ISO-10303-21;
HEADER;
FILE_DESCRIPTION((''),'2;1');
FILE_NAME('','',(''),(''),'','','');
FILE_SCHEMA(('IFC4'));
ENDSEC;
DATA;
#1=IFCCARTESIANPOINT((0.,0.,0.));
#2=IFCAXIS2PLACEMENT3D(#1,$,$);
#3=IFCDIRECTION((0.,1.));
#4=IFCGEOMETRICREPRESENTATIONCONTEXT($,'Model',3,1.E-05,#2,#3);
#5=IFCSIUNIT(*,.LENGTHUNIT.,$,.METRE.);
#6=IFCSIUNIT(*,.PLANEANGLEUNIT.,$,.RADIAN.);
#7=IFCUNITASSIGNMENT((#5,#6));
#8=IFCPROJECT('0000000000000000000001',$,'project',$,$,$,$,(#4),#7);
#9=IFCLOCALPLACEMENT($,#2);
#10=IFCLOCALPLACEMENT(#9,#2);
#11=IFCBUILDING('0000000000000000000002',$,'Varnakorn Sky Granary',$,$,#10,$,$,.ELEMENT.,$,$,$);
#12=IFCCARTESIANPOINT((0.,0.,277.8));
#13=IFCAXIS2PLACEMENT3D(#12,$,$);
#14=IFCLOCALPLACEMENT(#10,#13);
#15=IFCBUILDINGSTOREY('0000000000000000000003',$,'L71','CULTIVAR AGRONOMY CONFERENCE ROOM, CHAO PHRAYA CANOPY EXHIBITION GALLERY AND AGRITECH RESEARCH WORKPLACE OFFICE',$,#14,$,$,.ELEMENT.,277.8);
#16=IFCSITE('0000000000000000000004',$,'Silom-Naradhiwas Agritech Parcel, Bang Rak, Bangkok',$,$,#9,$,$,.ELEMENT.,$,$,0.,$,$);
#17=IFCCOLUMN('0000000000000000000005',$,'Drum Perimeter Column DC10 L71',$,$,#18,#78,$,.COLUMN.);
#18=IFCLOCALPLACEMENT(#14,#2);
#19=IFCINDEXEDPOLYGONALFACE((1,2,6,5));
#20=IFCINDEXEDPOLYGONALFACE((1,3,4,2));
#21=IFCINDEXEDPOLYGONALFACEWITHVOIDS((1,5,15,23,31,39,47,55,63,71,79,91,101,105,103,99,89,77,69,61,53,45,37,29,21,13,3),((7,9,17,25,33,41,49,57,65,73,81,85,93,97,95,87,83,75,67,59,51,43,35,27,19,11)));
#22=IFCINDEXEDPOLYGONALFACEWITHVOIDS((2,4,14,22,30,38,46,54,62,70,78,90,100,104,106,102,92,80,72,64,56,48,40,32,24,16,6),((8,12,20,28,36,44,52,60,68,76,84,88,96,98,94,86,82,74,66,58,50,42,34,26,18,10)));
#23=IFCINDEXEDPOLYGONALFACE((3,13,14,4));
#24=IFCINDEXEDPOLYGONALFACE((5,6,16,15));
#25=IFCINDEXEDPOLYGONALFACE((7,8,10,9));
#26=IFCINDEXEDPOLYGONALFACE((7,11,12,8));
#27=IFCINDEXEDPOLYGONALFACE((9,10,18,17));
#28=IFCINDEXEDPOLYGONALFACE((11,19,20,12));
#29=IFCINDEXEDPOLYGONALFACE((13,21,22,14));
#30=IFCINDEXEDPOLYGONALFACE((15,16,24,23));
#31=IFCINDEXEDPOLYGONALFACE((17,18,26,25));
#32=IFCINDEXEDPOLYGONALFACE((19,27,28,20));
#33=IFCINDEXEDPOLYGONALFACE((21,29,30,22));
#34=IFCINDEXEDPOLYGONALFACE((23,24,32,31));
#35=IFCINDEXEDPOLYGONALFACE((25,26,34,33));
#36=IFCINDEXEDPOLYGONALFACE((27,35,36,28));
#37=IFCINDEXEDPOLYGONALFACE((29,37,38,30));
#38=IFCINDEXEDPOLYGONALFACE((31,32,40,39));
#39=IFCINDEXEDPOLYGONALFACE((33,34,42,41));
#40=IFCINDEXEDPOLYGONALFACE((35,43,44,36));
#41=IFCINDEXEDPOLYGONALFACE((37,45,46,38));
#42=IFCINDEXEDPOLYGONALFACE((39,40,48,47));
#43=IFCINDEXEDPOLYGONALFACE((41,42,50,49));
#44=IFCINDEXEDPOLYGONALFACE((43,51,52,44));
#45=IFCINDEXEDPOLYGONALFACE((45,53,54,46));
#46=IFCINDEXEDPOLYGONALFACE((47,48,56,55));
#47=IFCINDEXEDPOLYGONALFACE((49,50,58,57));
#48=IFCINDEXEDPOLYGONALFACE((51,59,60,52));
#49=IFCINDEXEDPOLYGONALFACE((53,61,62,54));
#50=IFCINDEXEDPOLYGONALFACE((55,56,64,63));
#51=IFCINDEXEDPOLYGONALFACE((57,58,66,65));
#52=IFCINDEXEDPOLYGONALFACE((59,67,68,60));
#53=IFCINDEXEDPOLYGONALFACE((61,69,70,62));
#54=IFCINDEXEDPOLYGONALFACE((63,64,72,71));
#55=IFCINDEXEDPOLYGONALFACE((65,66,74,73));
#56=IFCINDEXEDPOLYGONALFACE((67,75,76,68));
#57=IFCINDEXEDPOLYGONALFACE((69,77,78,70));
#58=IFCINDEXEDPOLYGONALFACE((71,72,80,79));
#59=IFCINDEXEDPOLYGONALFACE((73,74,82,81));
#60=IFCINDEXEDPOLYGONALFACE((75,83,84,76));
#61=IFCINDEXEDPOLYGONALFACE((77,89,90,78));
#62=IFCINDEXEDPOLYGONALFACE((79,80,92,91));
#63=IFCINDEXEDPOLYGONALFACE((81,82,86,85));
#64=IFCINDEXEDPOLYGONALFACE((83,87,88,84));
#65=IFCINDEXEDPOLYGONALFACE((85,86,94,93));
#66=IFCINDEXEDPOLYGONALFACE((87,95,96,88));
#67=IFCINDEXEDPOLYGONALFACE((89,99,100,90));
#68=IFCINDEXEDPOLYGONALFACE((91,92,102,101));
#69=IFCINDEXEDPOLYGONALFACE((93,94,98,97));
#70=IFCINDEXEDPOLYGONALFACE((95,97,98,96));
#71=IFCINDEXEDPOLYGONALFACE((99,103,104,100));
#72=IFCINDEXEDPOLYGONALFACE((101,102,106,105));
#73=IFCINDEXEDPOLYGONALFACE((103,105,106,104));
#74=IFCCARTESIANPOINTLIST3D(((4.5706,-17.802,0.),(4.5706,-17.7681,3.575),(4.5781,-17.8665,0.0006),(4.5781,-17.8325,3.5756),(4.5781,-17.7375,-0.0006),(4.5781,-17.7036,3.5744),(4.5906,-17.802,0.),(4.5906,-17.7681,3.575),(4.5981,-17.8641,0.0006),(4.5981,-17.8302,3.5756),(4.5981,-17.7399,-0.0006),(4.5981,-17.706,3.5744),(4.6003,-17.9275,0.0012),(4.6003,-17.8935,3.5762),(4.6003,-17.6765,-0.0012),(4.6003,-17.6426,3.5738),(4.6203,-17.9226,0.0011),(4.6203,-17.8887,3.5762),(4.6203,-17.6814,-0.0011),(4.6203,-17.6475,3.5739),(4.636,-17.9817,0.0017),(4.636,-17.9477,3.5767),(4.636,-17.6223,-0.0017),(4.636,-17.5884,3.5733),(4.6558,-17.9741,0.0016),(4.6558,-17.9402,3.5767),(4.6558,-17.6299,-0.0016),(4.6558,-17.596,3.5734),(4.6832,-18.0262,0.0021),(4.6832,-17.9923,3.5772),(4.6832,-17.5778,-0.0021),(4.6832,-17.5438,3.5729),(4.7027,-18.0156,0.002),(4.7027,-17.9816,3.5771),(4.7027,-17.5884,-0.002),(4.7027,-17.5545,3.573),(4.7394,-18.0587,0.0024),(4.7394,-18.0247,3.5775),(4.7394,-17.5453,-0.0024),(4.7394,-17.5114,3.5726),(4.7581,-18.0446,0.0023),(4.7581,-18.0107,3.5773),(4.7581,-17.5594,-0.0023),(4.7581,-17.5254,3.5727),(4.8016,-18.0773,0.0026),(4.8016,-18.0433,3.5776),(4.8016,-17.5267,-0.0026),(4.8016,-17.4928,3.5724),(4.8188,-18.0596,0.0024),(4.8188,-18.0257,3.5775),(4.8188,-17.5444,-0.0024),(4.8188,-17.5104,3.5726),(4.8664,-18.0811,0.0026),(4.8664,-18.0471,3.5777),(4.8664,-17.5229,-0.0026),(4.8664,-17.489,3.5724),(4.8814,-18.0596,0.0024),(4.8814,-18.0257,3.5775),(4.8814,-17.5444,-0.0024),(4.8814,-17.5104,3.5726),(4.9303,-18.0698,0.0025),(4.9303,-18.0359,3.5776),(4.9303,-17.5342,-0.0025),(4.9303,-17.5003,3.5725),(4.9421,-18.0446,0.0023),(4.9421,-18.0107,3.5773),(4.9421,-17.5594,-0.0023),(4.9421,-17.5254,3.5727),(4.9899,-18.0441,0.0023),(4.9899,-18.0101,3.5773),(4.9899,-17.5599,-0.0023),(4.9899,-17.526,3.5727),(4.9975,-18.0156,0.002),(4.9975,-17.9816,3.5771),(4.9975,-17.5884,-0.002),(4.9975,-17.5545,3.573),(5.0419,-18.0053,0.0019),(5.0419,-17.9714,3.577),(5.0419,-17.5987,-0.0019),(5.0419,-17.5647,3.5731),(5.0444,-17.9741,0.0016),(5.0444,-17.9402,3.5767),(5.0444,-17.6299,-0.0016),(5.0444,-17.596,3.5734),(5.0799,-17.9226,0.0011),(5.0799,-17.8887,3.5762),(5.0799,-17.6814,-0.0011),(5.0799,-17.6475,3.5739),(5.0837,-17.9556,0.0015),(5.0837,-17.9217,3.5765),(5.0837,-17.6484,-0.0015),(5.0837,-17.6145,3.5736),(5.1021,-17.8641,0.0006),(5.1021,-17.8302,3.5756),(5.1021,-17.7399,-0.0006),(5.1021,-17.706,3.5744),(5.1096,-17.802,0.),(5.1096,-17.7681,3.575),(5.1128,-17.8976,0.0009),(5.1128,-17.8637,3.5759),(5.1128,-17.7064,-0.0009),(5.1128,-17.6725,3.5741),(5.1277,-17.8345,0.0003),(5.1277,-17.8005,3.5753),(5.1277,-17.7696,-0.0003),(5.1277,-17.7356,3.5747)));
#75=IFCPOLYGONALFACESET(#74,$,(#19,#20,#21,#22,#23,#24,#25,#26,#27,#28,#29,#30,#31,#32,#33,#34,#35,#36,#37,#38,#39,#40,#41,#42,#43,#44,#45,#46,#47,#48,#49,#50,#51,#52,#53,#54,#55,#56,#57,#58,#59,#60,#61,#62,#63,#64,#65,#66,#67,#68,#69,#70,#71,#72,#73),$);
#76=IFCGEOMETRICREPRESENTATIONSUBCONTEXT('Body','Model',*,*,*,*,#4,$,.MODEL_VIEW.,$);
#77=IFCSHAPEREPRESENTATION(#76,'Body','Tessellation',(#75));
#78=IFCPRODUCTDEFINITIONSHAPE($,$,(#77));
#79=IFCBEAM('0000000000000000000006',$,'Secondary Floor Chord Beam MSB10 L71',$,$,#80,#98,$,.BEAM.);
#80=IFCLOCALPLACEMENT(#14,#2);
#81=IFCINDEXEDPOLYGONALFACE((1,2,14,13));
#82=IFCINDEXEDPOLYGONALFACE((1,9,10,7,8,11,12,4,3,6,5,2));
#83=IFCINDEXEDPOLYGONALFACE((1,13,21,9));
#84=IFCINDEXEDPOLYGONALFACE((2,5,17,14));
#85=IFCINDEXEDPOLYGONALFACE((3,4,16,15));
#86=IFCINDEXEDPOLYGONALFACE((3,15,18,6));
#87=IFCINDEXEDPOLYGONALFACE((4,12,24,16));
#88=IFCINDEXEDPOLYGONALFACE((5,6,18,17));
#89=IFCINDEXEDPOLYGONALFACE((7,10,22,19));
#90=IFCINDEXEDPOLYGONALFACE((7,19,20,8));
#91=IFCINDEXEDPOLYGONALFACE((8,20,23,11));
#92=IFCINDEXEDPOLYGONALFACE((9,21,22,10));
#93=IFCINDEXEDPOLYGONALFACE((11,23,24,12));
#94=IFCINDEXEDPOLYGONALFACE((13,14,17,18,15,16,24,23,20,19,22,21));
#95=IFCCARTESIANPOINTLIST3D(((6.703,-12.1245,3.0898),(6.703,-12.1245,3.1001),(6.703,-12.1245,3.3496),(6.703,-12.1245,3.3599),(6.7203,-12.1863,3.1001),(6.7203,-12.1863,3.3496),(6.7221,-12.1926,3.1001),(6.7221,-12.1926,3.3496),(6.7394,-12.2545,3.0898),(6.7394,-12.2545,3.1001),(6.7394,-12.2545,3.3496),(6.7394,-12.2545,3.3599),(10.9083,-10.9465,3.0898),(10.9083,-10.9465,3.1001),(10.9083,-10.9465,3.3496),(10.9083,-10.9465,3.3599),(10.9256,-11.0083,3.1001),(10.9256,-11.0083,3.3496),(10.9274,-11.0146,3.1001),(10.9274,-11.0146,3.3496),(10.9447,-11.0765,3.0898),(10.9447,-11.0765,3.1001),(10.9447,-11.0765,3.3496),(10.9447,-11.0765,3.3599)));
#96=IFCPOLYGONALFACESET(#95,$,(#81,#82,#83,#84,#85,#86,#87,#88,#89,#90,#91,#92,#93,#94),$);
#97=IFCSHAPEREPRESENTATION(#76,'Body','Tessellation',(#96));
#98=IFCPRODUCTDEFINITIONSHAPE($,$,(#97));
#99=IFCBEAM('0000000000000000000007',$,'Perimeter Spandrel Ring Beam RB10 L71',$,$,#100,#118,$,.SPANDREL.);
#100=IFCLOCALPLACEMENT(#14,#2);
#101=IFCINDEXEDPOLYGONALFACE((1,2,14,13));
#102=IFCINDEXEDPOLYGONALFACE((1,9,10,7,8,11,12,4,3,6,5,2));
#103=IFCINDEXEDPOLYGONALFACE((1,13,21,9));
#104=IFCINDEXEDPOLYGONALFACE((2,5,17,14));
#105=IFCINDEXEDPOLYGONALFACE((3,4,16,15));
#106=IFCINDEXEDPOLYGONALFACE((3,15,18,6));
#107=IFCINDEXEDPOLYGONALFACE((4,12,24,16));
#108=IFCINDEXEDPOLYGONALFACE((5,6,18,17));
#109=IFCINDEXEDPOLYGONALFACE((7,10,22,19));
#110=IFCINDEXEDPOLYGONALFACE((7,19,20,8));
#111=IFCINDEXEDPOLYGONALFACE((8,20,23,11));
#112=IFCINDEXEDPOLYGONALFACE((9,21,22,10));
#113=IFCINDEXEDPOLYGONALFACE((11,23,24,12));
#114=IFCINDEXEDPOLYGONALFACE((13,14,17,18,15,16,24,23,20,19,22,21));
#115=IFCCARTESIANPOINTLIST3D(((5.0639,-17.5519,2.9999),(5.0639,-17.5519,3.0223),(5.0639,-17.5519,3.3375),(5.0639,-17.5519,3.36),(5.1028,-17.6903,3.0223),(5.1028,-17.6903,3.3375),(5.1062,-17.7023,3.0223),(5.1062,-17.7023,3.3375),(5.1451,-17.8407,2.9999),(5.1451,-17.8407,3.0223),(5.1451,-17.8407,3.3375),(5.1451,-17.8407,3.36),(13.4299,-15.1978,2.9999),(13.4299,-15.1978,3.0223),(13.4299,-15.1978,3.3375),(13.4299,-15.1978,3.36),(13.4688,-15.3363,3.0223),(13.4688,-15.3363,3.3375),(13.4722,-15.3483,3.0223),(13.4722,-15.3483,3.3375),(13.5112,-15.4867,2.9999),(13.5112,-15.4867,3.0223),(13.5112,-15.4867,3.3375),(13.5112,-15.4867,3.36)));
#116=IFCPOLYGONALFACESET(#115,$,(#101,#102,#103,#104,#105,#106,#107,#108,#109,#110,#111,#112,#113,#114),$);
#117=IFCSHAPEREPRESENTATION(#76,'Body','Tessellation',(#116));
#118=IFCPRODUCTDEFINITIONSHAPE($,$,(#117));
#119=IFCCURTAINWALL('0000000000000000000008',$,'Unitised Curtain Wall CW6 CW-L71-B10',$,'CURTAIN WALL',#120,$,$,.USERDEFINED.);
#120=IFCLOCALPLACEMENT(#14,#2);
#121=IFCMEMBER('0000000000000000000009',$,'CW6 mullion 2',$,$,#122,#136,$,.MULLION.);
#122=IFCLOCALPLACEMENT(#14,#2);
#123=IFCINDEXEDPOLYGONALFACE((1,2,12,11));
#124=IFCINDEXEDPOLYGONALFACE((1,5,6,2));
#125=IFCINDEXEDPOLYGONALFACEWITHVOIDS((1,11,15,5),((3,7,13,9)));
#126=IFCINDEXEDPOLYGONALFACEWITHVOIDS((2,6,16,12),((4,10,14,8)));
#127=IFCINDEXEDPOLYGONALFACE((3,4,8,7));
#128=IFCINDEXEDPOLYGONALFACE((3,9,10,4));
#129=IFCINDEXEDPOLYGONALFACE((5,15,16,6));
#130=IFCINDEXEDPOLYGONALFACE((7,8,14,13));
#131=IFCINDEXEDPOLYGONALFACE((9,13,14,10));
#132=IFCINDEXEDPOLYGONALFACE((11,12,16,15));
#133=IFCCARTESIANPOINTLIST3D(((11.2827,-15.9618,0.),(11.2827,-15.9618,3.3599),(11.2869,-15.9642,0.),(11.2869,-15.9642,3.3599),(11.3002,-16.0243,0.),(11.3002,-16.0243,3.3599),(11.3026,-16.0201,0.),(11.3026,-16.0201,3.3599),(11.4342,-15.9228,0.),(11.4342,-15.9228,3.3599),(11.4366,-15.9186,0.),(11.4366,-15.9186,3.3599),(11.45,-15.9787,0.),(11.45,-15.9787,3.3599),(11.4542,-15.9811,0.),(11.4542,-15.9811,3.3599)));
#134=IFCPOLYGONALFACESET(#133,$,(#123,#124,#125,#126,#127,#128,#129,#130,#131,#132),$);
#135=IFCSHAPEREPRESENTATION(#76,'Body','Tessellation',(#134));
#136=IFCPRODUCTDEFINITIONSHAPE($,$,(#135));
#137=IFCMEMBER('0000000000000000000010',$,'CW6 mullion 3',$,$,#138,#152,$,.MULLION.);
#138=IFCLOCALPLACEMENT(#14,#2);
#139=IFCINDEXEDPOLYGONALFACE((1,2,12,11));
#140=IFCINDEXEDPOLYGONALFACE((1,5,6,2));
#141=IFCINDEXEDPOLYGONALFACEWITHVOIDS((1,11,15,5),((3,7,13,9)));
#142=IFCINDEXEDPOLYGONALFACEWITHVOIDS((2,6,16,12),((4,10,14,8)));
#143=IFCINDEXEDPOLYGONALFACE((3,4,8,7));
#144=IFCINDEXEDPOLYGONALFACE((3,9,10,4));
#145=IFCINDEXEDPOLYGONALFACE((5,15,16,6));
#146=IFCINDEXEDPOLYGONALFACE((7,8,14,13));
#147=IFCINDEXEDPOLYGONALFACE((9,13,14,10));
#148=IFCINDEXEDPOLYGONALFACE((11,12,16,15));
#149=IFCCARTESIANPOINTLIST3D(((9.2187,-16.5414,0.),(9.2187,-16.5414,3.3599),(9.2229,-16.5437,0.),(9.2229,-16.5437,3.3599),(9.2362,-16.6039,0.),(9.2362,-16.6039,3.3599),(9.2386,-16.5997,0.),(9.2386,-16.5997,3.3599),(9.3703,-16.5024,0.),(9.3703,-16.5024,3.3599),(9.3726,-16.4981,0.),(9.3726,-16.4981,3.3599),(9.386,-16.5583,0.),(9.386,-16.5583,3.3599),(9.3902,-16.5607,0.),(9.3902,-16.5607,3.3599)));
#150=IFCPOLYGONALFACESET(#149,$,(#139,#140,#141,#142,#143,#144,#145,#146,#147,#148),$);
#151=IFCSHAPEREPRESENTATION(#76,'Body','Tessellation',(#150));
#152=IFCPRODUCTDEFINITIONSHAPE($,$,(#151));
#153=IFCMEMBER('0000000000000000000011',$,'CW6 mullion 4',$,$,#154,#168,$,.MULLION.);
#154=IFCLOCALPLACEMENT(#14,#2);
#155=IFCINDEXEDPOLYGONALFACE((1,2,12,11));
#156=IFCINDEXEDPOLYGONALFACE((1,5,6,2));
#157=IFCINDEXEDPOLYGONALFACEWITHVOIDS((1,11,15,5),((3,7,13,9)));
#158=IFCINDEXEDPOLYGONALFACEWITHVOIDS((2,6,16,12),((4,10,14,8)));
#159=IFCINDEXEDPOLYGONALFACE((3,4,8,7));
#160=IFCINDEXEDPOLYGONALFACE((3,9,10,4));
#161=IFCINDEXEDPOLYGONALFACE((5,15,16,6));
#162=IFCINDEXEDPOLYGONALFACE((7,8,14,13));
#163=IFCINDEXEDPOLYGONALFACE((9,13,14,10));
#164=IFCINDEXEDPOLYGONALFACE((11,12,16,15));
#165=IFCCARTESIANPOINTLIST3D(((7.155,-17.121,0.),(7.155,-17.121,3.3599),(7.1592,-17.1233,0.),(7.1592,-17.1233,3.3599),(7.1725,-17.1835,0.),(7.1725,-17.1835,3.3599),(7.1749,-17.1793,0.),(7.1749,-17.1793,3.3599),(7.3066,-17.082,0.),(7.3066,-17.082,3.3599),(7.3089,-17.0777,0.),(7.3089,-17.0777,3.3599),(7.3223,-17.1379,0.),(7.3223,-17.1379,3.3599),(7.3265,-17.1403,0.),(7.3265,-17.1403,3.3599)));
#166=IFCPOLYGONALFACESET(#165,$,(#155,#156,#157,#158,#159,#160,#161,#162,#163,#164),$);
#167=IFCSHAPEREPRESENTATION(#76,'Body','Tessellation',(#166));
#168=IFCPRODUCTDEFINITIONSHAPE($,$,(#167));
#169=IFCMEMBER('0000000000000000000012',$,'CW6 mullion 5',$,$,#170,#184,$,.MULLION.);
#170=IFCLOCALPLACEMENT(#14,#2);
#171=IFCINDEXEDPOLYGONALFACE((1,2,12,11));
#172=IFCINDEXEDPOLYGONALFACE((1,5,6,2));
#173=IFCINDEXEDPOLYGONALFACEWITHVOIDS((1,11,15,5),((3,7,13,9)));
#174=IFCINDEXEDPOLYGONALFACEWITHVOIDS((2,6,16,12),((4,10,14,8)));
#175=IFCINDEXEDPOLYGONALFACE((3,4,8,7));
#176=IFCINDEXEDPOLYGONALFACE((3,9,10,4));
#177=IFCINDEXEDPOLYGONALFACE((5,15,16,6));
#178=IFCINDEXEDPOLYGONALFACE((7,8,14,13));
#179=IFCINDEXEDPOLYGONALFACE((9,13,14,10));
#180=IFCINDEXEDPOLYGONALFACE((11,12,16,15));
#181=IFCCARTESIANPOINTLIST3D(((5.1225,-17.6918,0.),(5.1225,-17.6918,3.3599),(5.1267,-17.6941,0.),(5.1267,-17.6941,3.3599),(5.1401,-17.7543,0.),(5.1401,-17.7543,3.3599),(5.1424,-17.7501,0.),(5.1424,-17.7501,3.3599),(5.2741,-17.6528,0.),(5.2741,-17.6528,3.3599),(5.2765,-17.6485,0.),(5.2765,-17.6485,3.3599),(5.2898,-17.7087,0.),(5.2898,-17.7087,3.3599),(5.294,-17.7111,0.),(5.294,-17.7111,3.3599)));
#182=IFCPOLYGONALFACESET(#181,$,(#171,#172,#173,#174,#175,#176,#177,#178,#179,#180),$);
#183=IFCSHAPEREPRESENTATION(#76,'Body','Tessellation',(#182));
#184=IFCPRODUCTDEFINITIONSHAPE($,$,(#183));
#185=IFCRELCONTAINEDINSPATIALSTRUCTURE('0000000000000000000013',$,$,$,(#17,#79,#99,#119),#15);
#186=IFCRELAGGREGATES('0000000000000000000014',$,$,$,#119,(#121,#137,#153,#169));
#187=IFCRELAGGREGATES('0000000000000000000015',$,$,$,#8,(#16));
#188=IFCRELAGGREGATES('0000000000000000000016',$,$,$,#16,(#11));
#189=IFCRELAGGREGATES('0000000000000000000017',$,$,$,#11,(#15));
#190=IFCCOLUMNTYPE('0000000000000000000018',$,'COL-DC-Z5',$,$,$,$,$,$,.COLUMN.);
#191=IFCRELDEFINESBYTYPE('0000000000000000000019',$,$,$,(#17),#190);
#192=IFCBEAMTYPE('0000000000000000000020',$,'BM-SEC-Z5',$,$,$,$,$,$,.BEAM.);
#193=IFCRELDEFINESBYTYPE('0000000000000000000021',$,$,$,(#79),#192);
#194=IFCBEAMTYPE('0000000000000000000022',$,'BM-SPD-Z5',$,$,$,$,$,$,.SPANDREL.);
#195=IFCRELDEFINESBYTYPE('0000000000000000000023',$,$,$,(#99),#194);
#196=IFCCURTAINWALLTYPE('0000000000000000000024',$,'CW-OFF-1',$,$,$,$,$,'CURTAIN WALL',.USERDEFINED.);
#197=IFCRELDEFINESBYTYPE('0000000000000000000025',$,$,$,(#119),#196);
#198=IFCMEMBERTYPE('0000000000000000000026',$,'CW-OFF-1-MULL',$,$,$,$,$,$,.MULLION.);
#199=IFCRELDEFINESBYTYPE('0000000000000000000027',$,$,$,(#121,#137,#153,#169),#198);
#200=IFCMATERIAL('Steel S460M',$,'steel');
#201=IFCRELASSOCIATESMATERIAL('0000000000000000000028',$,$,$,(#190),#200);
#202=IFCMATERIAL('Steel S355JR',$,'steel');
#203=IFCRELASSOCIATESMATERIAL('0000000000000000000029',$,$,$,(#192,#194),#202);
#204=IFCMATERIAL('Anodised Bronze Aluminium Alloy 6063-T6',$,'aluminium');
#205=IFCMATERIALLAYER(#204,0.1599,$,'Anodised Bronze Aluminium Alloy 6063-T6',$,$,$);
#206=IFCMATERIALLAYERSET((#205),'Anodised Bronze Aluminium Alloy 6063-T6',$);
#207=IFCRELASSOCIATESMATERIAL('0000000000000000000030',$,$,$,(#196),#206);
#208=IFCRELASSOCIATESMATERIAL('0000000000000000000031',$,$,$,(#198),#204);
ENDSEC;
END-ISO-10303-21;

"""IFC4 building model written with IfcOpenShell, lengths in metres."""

from ifc_helpers import new_model, si_unit, direction, frame, origin, origin_2d, place, context, subcontext, project, spatial, hollow_rectangle, hollow_circle, i_section, extrude, material, layer, layer_set, material_profile, profile_set, type_object, element, aggregate, save


model = new_model("IFC4")

# Units and contexts
model_context = context("Model", 3, precision=1e-05, world=origin(), true_north=direction((0.0, 1.0)))
body_context = subcontext(model_context, "Body", "Model", "MODEL_VIEW")
ifc_project = project(units=[si_unit("LENGTHUNIT", "METRE"), si_unit("PLANEANGLEUNIT", "RADIAN")], contexts=[model_context])

# Site, building, storey
site_placement = place(None, origin())
site = spatial("IfcSite", under=ifc_project, at=site_placement, Name="Silom-Naradhiwas Agritech Parcel, Bang Rak, Bangkok", CompositionType="ELEMENT", RefElevation=0.0)
building_placement = place(site_placement, origin())
building = spatial("IfcBuilding", under=site, at=building_placement, Name="Varnakorn Sky Granary", CompositionType="ELEMENT")
storey_placement = place(building_placement, frame((0.0, 0.0, 277.8)))
storey = spatial("IfcBuildingStorey", under=building, at=storey_placement, Name="L71", Description="CULTIVAR AGRONOMY CONFERENCE ROOM, CHAO PHRAYA CANOPY EXHIBITION GALLERY AND AGRITECH RESEARCH WORKPLACE OFFICE", CompositionType="ELEMENT", Elevation=277.8)

# Column
ifc_material_1 = material(Name="Steel S460M", Category="steel")
ifc_material_profile_1 = material_profile(ifc_material_1, hollow_circle(Radius=0.2795, WallThickness=0.02, at=origin_2d()), Name="CHS 559x20")
ifc_profile_set_1 = profile_set([ifc_material_profile_1], Name="Steel S460M")
column_type = type_object("IfcColumnType", Name="COL-DC-Z5", PredefinedType="COLUMN", material=ifc_profile_set_1)
column_placement = place(storey_placement, frame((4.8501, -17.802, 0.0), z_axis=(0.0, 0.009492, 0.999955), x_axis=(-1.0, 0.0, 0.0)))
element("IfcColumn", 1, at=column_placement, inside=storey, type_object=column_type, Name="Drum Perimeter Column DC10 L71", PredefinedType="COLUMN", context=body_context, shape_type="SweptSolid", body=[
    extrude(hollow_circle(Radius=0.2795, WallThickness=0.02, at=origin_2d()), origin(), (0.0, 0.0, 1.0), 3.5752),
])

# Beams
ifc_material_2 = material(Name="Steel S355JR", Category="steel")
ifc_material_profile_2 = material_profile(ifc_material_2, i_section(OverallWidth=0.135, OverallDepth=0.27, WebThickness=0.0066, FlangeThickness=0.0103, at=origin_2d()), Name="IPE 270")
ifc_profile_set_2 = profile_set([ifc_material_profile_2], Name="Steel S355JR")
beam_type_1 = type_object("IfcBeamType", Name="BM-SEC-Z5", PredefinedType="BEAM", material=ifc_profile_set_2)
beam_1_placement = place(storey_placement, frame((6.7212, -12.1895, 3.2249), z_axis=(0.962935, 0.269734, 0.0), x_axis=(-0.269734, 0.962935, 0.0)))
element("IfcBeam", 2, at=beam_1_placement, inside=storey, type_object=beam_type_1, Name="Secondary Floor Chord Beam MSB10 L71", PredefinedType="BEAM", context=body_context, shape_type="SweptSolid", body=[
    extrude(i_section(OverallWidth=0.135, OverallDepth=0.27, WebThickness=0.0066, FlangeThickness=0.0103, at=origin_2d()), origin(), (0.0, 0.0, 1.0), 4.3672),
])
ifc_material_profile_3 = material_profile(ifc_material_2, i_section(OverallWidth=0.3, OverallDepth=0.3601, WebThickness=0.0125, FlangeThickness=0.0225, at=origin_2d()), Name="HE 360 B")
ifc_profile_set_3 = profile_set([ifc_material_profile_3], Name="Steel S355JR")
beam_type_2 = type_object("IfcBeamType", Name="BM-SPD-Z5", PredefinedType="SPANDREL", material=ifc_profile_set_3)
beam_2_placement = place(storey_placement, frame((5.1045, -17.6963, 3.1799), z_axis=(0.962619, 0.27086, 0.0), x_axis=(-0.27086, 0.962619, 0.0)))
element("IfcBeam", 3, at=beam_2_placement, inside=storey, type_object=beam_type_2, Name="Perimeter Spandrel Ring Beam RB10 L71", PredefinedType="SPANDREL", context=body_context, shape_type="SweptSolid", body=[
    extrude(i_section(OverallWidth=0.3, OverallDepth=0.3601, WebThickness=0.0125, FlangeThickness=0.0225, at=origin_2d()), origin(), (0.0, 0.0, 1.0), 8.6909),
])

# Curtain wall, members
ifc_material_3 = material(Name="Anodised Bronze Aluminium Alloy 6063-T6", Category="aluminium")
ifc_layer_1 = layer(ifc_material_3, 0.1599, Name="Anodised Bronze Aluminium Alloy 6063-T6")
ifc_layer_set_1 = layer_set([ifc_layer_1], Name="Anodised Bronze Aluminium Alloy 6063-T6")
curtain_wall_type = type_object("IfcCurtainWallType", Name="CW-OFF-1", ElementType="CURTAIN WALL", PredefinedType="USERDEFINED", material=ifc_layer_set_1)
curtain_wall_placement = place(storey_placement, origin())
curtain_wall = element("IfcCurtainWall", 4, at=curtain_wall_placement, inside=storey, type_object=curtain_wall_type, Name="Unitised Curtain Wall CW6 CW-L71-B10", ObjectType="CURTAIN WALL", PredefinedType="USERDEFINED")
ifc_material_profile_4 = material_profile(ifc_material_3, hollow_rectangle(XDim=0.0649, YDim=0.1599, WallThickness=0.0034, at=origin_2d()), Name="ALU MULL 65x160")
ifc_profile_set_4 = profile_set([ifc_material_profile_4], Name="Anodised Bronze Aluminium Alloy 6063-T6")
member_type_1 = type_object("IfcMemberType", Name="CW-OFF-1-MULL", PredefinedType="MULLION", material=ifc_profile_set_4)
member_1_placement = place(storey_placement, frame((11.3684, -15.9714, 0.0), z_axis=(0.0, 0.0, 1.0), x_axis=(0.27037, -0.962756, 0.0)))
member_1 = element("IfcMember", 5, at=member_1_placement, type_object=member_type_1, Name="CW6 mullion 2", PredefinedType="MULLION", context=body_context, shape_type="SweptSolid", body=[
    extrude(hollow_rectangle(XDim=0.0649, YDim=0.1599, WallThickness=0.0034, at=origin_2d()), origin(), (0.0, 0.0, 1.0), 3.3599),
])
member_2_placement = place(storey_placement, frame((9.3044, -16.551, 0.0), z_axis=(0.0, 0.0, 1.0), x_axis=(0.27037, -0.962756, 0.0)))
member_2 = element("IfcMember", 6, at=member_2_placement, type_object=member_type_1, Name="CW6 mullion 3", PredefinedType="MULLION", context=body_context, shape_type="SweptSolid", body=[
    extrude(hollow_rectangle(XDim=0.0649, YDim=0.1599, WallThickness=0.0034, at=origin_2d()), origin(), (0.0, 0.0, 1.0), 3.3599),
])
member_3_placement = place(storey_placement, frame((7.2407, -17.1306, 0.0), z_axis=(0.0, 0.0, 1.0), x_axis=(0.27037, -0.962756, 0.0)))
member_3 = element("IfcMember", 7, at=member_3_placement, type_object=member_type_1, Name="CW6 mullion 4", PredefinedType="MULLION", context=body_context, shape_type="SweptSolid", body=[
    extrude(hollow_rectangle(XDim=0.0649, YDim=0.1599, WallThickness=0.0034, at=origin_2d()), origin(), (0.0, 0.0, 1.0), 3.3599),
])
member_4_placement = place(storey_placement, frame((5.2083, -17.7014, 0.0), z_axis=(0.0, 0.0, 1.0), x_axis=(0.27037, -0.962756, 0.0)))
member_4 = element("IfcMember", 8, at=member_4_placement, type_object=member_type_1, Name="CW6 mullion 5", PredefinedType="MULLION", context=body_context, shape_type="SweptSolid", body=[
    extrude(hollow_rectangle(XDim=0.0649, YDim=0.1599, WallThickness=0.0034, at=origin_2d()), origin(), (0.0, 0.0, 1.0), 3.3599),
])

aggregate(curtain_wall, [member_1, member_2, member_3, member_4])

save(model, "model.ifc")
